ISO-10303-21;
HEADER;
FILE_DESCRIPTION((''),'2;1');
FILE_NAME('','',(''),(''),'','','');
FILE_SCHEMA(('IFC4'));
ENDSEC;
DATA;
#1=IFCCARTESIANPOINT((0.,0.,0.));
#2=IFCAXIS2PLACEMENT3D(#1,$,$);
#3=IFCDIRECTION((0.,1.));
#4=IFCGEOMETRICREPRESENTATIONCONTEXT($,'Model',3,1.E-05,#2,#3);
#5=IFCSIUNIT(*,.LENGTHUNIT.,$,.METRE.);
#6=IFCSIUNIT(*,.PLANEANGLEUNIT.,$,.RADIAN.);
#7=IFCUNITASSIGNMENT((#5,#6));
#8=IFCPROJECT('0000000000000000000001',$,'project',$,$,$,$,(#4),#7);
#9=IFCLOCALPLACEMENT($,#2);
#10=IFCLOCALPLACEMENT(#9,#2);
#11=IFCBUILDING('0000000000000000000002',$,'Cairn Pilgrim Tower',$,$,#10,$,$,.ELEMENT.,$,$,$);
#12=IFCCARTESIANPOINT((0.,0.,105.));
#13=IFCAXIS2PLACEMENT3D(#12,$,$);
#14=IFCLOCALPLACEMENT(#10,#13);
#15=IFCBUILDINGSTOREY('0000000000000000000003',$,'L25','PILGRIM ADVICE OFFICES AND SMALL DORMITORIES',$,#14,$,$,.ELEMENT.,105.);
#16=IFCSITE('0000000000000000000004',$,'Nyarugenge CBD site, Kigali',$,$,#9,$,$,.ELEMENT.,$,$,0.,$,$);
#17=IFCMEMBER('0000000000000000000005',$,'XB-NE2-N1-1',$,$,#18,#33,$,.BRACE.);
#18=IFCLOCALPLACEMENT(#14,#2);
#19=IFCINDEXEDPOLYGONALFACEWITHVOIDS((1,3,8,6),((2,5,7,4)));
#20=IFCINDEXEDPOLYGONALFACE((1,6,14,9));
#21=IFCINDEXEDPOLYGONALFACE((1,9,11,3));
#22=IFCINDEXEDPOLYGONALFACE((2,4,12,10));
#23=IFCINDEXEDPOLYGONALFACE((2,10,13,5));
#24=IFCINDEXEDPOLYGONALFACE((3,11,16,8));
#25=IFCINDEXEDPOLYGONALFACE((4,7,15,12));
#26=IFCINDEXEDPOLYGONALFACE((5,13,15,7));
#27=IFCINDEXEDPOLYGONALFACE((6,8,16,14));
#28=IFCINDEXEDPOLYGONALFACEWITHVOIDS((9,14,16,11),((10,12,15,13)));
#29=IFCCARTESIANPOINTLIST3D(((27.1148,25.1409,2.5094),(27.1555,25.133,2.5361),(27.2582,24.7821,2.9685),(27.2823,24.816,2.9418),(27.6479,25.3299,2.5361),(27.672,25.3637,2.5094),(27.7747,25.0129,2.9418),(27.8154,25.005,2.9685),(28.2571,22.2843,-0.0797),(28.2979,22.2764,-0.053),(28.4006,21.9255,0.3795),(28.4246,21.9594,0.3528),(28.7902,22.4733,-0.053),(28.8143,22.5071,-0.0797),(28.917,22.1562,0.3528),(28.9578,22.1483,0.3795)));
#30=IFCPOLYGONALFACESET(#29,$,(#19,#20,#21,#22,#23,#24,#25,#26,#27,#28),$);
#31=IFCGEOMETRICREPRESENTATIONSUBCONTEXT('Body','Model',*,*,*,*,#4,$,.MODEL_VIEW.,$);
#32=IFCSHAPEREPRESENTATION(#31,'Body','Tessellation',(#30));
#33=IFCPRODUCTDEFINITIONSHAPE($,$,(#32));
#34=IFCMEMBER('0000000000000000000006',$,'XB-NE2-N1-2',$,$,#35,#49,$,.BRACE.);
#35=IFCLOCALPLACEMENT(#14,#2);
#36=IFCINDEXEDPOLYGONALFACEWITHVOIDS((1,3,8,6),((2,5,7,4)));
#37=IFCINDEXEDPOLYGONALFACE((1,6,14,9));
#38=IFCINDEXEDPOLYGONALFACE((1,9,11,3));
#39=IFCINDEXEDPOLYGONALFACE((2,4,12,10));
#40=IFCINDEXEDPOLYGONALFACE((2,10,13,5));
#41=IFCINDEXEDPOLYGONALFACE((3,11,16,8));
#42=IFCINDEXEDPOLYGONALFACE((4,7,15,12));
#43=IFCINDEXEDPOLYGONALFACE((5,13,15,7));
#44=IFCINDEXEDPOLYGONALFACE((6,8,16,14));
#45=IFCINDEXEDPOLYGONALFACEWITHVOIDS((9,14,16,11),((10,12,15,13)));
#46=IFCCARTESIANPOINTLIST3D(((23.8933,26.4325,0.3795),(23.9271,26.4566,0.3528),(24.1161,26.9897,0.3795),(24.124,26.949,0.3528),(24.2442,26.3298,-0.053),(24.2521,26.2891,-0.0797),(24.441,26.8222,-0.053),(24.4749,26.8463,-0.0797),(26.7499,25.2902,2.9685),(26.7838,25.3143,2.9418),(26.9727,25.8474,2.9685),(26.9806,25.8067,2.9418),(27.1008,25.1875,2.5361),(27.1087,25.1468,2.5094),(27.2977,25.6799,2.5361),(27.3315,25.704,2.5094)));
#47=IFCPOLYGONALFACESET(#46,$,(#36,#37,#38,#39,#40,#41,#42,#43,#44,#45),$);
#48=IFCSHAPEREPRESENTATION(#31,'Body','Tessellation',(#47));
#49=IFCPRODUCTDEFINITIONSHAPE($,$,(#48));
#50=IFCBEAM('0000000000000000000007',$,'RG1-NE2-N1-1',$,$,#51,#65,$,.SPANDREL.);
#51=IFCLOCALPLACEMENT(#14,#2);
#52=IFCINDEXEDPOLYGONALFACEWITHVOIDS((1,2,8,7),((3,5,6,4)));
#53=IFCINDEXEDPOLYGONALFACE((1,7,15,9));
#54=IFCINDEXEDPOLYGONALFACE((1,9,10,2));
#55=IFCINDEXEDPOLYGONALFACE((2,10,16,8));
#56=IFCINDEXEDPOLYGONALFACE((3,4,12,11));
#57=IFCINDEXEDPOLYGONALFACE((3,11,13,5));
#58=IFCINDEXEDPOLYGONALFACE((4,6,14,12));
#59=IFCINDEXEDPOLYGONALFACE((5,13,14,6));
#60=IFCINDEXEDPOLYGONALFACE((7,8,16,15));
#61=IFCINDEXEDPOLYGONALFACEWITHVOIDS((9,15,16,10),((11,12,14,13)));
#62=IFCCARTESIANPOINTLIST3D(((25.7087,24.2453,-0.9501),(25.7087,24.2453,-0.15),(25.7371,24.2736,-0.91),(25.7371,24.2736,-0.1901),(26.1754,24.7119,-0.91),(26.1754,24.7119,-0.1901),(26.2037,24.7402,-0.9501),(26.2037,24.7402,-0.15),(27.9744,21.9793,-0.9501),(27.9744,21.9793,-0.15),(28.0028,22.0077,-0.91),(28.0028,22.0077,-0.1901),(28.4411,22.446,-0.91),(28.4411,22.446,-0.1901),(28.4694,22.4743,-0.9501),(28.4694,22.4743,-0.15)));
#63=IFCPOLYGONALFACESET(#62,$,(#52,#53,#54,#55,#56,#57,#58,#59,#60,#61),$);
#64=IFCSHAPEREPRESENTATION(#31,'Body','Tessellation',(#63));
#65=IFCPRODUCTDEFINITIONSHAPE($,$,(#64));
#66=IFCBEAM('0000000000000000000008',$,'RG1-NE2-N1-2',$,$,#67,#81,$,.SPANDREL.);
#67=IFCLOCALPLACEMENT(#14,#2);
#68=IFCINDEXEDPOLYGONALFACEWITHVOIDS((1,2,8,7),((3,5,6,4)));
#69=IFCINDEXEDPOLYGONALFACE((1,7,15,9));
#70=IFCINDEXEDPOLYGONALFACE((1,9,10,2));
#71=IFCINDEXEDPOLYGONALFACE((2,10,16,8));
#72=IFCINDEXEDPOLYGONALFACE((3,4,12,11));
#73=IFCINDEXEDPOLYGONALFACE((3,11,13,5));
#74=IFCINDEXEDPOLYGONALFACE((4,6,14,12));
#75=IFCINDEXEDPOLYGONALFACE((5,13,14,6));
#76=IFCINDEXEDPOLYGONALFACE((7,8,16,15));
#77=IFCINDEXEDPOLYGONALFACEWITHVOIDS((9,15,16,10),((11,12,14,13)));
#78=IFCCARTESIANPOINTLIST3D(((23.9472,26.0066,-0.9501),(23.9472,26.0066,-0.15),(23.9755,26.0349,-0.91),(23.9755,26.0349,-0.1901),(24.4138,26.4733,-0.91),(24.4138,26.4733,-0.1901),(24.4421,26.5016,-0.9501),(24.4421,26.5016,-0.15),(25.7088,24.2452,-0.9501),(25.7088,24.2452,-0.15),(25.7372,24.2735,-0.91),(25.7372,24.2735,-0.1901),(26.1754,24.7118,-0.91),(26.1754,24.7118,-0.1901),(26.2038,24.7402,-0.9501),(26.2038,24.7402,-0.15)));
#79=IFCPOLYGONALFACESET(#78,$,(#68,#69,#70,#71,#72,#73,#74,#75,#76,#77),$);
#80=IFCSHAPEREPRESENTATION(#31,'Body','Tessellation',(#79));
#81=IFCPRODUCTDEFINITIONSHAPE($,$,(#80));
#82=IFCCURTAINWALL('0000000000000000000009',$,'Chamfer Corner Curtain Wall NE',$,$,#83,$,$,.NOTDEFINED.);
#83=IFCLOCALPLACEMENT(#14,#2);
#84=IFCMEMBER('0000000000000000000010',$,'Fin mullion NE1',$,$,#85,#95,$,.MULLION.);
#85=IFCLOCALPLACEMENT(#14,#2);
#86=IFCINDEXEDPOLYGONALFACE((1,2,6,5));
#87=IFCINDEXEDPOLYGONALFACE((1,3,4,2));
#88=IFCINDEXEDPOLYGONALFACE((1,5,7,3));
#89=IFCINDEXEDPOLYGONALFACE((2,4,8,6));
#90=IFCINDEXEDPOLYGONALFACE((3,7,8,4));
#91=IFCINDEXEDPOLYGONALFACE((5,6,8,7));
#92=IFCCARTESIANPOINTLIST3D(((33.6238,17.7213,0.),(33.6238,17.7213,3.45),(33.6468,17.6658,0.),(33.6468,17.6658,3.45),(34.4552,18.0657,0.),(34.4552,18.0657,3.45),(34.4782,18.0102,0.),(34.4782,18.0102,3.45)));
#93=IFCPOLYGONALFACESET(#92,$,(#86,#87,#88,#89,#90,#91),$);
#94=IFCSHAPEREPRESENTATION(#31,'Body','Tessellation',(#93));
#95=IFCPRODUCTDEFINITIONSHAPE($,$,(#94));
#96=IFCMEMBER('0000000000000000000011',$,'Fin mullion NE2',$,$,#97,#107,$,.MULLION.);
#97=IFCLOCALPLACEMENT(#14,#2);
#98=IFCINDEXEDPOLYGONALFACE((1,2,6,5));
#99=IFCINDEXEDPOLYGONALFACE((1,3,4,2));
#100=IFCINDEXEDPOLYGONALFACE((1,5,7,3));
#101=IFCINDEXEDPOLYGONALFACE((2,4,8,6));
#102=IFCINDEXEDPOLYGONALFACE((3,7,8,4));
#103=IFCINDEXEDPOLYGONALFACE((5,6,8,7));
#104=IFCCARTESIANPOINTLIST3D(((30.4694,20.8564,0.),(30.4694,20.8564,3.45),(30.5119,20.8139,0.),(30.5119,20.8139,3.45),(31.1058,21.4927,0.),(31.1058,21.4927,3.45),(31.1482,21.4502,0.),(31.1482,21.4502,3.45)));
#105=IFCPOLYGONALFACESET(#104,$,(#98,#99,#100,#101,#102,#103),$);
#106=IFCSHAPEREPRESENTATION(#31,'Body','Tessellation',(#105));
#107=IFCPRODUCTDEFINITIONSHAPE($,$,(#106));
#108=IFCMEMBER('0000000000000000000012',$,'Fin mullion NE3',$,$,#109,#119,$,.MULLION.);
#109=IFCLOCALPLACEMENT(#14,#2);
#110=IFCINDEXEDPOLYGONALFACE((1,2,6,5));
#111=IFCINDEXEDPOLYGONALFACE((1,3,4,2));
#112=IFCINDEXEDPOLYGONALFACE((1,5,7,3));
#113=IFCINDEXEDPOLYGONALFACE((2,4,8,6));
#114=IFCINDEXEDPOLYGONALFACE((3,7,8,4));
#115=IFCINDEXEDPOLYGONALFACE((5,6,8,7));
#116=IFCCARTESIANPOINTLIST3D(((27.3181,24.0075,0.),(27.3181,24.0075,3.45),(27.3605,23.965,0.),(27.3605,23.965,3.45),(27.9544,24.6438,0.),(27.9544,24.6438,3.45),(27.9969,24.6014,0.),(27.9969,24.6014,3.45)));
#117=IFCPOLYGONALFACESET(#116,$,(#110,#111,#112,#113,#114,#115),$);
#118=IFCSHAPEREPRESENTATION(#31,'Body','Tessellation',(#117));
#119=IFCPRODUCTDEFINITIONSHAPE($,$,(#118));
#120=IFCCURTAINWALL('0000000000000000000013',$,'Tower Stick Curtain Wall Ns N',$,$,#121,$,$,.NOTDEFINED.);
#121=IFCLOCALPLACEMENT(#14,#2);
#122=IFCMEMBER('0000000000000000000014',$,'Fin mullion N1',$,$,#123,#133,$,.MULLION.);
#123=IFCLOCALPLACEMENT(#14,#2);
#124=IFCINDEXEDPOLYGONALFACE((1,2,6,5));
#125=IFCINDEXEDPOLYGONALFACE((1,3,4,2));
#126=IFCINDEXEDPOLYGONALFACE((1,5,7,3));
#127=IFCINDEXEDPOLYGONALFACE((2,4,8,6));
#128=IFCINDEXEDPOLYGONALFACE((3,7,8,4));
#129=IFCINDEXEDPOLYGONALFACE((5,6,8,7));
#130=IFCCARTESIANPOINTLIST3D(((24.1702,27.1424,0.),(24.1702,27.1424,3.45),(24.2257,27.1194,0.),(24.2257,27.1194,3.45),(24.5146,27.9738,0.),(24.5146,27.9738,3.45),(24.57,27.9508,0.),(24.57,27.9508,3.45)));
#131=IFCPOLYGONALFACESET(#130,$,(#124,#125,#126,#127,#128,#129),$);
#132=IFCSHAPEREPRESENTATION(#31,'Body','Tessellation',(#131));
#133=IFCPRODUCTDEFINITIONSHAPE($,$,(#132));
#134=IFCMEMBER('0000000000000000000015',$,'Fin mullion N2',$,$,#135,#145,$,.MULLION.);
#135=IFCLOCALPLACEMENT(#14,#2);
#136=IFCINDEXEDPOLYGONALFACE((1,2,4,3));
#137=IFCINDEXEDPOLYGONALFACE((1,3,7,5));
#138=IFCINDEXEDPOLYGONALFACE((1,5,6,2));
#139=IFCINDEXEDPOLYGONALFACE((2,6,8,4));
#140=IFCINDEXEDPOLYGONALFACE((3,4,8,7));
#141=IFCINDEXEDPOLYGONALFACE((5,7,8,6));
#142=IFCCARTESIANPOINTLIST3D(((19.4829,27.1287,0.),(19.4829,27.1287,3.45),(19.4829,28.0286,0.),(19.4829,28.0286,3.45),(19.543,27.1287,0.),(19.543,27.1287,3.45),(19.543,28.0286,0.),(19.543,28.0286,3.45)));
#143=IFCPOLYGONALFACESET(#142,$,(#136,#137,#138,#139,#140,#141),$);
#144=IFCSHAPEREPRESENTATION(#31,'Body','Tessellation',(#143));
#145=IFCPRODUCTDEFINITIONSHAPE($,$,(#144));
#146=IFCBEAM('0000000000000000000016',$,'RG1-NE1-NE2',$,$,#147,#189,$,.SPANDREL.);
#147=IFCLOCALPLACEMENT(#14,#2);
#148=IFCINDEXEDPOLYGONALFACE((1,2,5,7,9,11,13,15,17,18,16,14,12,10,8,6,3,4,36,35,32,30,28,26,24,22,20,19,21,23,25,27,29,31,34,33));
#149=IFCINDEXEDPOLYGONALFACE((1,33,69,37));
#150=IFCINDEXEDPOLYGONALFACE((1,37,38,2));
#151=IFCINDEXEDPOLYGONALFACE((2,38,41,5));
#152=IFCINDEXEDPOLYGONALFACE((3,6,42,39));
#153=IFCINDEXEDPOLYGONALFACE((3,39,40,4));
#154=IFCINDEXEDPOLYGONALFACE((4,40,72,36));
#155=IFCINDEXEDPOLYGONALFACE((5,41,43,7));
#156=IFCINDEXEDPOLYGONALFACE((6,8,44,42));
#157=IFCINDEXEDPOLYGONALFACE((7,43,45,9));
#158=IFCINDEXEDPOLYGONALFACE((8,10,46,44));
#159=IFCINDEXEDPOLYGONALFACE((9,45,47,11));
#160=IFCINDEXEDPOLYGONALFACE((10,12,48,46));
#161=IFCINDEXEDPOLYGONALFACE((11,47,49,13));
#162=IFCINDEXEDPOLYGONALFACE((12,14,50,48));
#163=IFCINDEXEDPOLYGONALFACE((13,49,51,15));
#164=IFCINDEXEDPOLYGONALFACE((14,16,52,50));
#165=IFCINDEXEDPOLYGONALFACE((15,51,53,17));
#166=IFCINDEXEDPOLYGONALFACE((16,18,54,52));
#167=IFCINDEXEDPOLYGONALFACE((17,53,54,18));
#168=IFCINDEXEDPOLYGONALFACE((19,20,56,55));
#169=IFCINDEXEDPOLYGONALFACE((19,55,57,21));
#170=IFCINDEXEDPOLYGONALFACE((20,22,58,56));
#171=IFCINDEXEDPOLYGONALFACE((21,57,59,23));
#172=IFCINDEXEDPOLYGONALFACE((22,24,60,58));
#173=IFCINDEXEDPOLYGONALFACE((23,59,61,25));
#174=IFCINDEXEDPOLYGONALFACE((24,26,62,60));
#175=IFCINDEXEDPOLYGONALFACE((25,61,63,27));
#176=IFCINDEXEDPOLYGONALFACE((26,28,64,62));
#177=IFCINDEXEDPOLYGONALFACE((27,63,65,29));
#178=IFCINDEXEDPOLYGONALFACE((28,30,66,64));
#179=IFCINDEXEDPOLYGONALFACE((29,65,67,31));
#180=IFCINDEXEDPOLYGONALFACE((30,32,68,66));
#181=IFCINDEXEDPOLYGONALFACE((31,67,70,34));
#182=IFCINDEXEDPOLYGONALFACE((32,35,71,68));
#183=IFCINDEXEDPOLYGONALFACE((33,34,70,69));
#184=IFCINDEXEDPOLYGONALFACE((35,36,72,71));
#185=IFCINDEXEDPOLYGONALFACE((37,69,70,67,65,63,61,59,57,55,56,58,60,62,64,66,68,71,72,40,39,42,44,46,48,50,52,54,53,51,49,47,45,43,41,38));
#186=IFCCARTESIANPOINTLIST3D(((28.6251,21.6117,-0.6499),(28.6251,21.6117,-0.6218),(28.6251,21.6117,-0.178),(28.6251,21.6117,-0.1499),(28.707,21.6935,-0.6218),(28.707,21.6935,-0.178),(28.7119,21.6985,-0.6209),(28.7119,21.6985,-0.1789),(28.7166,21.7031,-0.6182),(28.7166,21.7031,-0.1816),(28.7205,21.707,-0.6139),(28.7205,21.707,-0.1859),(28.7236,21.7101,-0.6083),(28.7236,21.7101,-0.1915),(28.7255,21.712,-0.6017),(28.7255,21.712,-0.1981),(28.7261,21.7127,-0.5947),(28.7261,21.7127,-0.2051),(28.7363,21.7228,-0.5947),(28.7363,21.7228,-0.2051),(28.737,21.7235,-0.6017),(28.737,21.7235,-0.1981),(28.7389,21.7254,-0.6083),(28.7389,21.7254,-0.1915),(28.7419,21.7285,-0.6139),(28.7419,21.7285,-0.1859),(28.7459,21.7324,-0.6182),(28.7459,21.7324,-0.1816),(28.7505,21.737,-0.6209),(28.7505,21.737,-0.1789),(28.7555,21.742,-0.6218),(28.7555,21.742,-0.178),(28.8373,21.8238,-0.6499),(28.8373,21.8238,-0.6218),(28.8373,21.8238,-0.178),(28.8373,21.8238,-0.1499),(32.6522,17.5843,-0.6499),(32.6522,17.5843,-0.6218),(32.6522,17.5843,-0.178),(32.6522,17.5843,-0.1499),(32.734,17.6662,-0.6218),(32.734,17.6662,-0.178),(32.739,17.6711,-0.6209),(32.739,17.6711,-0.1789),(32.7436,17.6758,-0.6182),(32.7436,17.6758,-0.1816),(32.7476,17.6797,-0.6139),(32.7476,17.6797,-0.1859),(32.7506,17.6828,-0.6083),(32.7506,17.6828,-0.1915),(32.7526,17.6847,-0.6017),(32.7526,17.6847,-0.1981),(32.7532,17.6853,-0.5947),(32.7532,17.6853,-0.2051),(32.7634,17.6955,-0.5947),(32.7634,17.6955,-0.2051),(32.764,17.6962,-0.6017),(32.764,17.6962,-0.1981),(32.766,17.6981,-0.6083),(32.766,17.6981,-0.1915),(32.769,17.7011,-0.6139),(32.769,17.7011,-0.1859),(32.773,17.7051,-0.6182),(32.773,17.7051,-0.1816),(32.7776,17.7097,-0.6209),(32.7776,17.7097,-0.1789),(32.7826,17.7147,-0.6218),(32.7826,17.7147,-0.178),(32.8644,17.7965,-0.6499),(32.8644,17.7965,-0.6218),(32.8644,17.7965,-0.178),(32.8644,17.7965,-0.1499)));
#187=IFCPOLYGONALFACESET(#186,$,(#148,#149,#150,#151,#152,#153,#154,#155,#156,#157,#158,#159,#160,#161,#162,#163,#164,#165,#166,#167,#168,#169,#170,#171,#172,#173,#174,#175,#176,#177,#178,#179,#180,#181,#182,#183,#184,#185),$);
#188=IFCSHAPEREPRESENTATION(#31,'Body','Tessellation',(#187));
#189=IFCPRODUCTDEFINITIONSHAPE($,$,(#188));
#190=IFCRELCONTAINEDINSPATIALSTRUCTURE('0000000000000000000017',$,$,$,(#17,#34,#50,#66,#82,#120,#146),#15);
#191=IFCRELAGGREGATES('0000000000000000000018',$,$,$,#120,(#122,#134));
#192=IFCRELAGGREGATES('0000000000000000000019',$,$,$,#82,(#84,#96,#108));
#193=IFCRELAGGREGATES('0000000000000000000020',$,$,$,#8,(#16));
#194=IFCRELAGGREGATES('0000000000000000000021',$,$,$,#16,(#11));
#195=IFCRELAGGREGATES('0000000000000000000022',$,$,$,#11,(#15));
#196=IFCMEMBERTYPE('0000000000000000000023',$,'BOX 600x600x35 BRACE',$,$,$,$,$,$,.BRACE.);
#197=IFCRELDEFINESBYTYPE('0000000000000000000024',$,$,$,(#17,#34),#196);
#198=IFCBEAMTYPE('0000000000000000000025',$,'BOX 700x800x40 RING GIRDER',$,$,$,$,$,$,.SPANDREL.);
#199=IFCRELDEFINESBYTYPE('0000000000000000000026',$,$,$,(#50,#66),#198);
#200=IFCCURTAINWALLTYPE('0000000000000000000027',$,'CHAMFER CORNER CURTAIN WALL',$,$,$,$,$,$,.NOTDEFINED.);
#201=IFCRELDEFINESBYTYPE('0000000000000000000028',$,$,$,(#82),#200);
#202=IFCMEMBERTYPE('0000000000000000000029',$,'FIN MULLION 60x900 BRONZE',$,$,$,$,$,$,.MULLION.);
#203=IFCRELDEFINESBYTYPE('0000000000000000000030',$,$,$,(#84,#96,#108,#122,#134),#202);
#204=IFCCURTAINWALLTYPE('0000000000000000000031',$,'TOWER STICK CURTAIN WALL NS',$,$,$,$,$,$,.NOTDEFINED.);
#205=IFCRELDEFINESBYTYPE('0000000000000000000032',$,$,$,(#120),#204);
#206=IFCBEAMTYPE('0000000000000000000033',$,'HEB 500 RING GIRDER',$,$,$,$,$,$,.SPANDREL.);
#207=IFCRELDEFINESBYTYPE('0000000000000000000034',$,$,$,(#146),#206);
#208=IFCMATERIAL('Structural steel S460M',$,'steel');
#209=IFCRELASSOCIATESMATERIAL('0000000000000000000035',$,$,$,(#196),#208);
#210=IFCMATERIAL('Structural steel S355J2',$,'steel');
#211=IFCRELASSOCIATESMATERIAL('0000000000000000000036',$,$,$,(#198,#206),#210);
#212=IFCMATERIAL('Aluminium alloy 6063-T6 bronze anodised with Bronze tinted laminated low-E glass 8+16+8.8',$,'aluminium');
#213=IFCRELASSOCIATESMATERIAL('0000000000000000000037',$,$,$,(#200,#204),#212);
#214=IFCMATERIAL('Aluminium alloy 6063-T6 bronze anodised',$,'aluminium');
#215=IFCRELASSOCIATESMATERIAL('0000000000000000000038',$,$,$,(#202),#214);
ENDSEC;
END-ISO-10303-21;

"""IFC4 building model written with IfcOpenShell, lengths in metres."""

from ifc_helpers import new_model, si_unit, direction, frame, origin, origin_2d, place, context, subcontext, project, spatial, rectangle, hollow_rectangle, i_section, extrude, material, material_profile, profile_set, type_object, element, aggregate, save


model = new_model("IFC4")

# Units and contexts
model_context = context("Model", 3, precision=1e-05, world=origin(), true_north=direction((0.0, 1.0)))
body_context = subcontext(model_context, "Body", "Model", "MODEL_VIEW")
ifc_project = project(units=[si_unit("LENGTHUNIT", "METRE"), si_unit("PLANEANGLEUNIT", "RADIAN")], contexts=[model_context])

# Site, building, storey
site_placement = place(None, origin())
site = spatial("IfcSite", under=ifc_project, at=site_placement, Name="Nyarugenge CBD site, Kigali", CompositionType="ELEMENT", RefElevation=0.0)
building_placement = place(site_placement, origin())
building = spatial("IfcBuilding", under=site, at=building_placement, Name="Cairn Pilgrim Tower", CompositionType="ELEMENT")
storey_placement = place(building_placement, frame((0.0, 0.0, 105.0)))
storey = spatial("IfcBuildingStorey", under=building, at=storey_placement, Name="L25", Description="PILGRIM ADVICE OFFICES AND SMALL DORMITORIES", CompositionType="ELEMENT", Elevation=105.0)

# Shared definitions
ifc_material_1 = material(Name="Structural steel S460M", Category="steel")

# Members
ifc_material_profile_1 = material_profile(ifc_material_1, hollow_rectangle(XDim=0.6001, YDim=0.6001, WallThickness=0.0349, at=origin_2d()), Name="BOX 600x600x35")
ifc_profile_set_1 = profile_set([ifc_material_profile_1], Name="Structural steel S460M")
member_type_1 = type_object("IfcMemberType", Name="BOX 600x600x35 BRACE", PredefinedType="BRACE", material=ifc_profile_set_1)
for number, where, z_axis, x_axis, name in (
    (1, (28.6074, 22.2163, 0.1499), (-0.284086, 0.710428, 0.643884), (-0.928515, -0.371295, 0.0), "XB-NE2-N1-1"),
    (2, (24.1841, 26.6394, 0.1499), (0.710428, -0.284086, 0.643884), (0.371295, 0.928515, 0.0), "XB-NE2-N1-2"),
):
    element("IfcMember", number, at=place(storey_placement, frame(where, z_axis=z_axis, x_axis=x_axis)), inside=storey, type_object=member_type_1, Name=name, PredefinedType="BRACE", context=body_context, shape_type="SweptSolid", body=[
        extrude(hollow_rectangle(XDim=0.6001, YDim=0.6001, WallThickness=0.0349, at=origin_2d()), origin(), (0.0, 0.0, 1.0), 4.021),
    ])

# Beams
ifc_material_2 = material(Name="Structural steel S355J2", Category="steel")
ifc_material_profile_2 = material_profile(ifc_material_2, hollow_rectangle(XDim=0.7, YDim=0.8, WallThickness=0.04, at=origin_2d()), Name="BOX 700x800x40")
ifc_profile_set_2 = profile_set([ifc_material_profile_2], Name="Structural steel S355J2")
beam_type_1 = type_object("IfcBeamType", Name="BOX 700x800x40 RING GIRDER", PredefinedType="SPANDREL", material=ifc_profile_set_2)
beam_1_placement = place(storey_placement, frame((28.2219, 22.2268, -0.55), z_axis=(-0.707069, 0.707145, 0.0), x_axis=(-0.707145, -0.707069, 0.0)))
element("IfcBeam", 3, at=beam_1_placement, inside=storey, type_object=beam_type_1, Name="RG1-NE2-N1-1", PredefinedType="SPANDREL", context=body_context, shape_type="SweptSolid", body=[
    extrude(hollow_rectangle(XDim=0.7, YDim=0.8, WallThickness=0.04, at=origin_2d()), origin(), (0.0, 0.0, 1.0), 3.2043),
])
beam_2_placement = place(storey_placement, frame((25.9563, 24.4927, -0.55), z_axis=(-0.707156, 0.707058, 0.0), x_axis=(-0.707058, -0.707156, 0.0)))
element("IfcBeam", 4, at=beam_2_placement, inside=storey, type_object=beam_type_1, Name="RG1-NE2-N1-2", PredefinedType="SPANDREL", context=body_context, shape_type="SweptSolid", body=[
    extrude(hollow_rectangle(XDim=0.7, YDim=0.8, WallThickness=0.04, at=origin_2d()), origin(), (0.0, 0.0, 1.0), 2.4912),
])

# Curtain walls, members
ifc_material_3 = material(Name="Aluminium alloy 6063-T6 bronze anodised with Bronze tinted laminated low-E glass 8+16+8.8", Category="aluminium")
curtain_wall_type_1 = type_object("IfcCurtainWallType", Name="CHAMFER CORNER CURTAIN WALL", PredefinedType="NOTDEFINED", material=ifc_material_3)
curtain_wall_1_placement = place(storey_placement, origin())
curtain_wall_1 = element("IfcCurtainWall", 5, at=curtain_wall_1_placement, inside=storey, type_object=curtain_wall_type_1, Name="Chamfer Corner Curtain Wall NE", PredefinedType="NOTDEFINED")
ifc_material_4 = material(Name="Aluminium alloy 6063-T6 bronze anodised", Category="aluminium")
ifc_material_profile_3 = material_profile(ifc_material_4, rectangle(XDim=0.8999, YDim=0.0601, at=origin_2d()), Name="FIN MULLION 60x900 BRONZE")
ifc_profile_set_3 = profile_set([ifc_material_profile_3], Name="Aluminium alloy 6063-T6 bronze anodised")
member_type_2 = type_object("IfcMemberType", Name="FIN MULLION 60x900 BRONZE", PredefinedType="MULLION", material=ifc_profile_set_3)
member_1_placement = place(storey_placement, frame((34.051, 17.8657, 0.0), z_axis=(0.0, 0.0, 1.0), x_axis=(0.92388, 0.382683, 0.0)))
member_1 = element("IfcMember", 6, at=member_1_placement, type_object=member_type_2, Name="Fin mullion NE1", PredefinedType="MULLION", context=body_context, shape_type="SweptSolid", body=[
    extrude(rectangle(XDim=0.8999, YDim=0.0601, at=origin_2d()), origin(), (0.0, 0.0, 1.0), 3.45),
])
member_2_placement = place(storey_placement, frame((30.8088, 21.1533, 0.0), z_axis=(0.0, 0.0, 1.0), x_axis=(0.707107, 0.707107, 0.0)))
member_2 = element("IfcMember", 7, at=member_2_placement, type_object=member_type_2, Name="Fin mullion NE2", PredefinedType="MULLION", context=body_context, shape_type="SweptSolid", body=[
    extrude(rectangle(XDim=0.8999, YDim=0.0601, at=origin_2d()), origin(), (0.0, 0.0, 1.0), 3.45),
])
member_3_placement = place(storey_placement, frame((27.6575, 24.3044, 0.0), z_axis=(0.0, 0.0, 1.0), x_axis=(0.707107, 0.707107, 0.0)))
member_3 = element("IfcMember", 8, at=member_3_placement, type_object=member_type_2, Name="Fin mullion NE3", PredefinedType="MULLION", context=body_context, shape_type="SweptSolid", body=[
    extrude(rectangle(XDim=0.8999, YDim=0.0601, at=origin_2d()), origin(), (0.0, 0.0, 1.0), 3.45),
])
curtain_wall_type_2 = type_object("IfcCurtainWallType", Name="TOWER STICK CURTAIN WALL NS", PredefinedType="NOTDEFINED", material=ifc_material_3)
curtain_wall_2_placement = place(storey_placement, origin())
curtain_wall_2 = element("IfcCurtainWall", 9, at=curtain_wall_2_placement, inside=storey, type_object=curtain_wall_type_2, Name="Tower Stick Curtain Wall Ns N", PredefinedType="NOTDEFINED")
member_4_placement = place(storey_placement, frame((24.3701, 27.5466, 0.0), z_axis=(0.0, 0.0, 1.0), x_axis=(0.382683, 0.92388, 0.0)))
member_4 = element("IfcMember", 10, at=member_4_placement, type_object=member_type_2, Name="Fin mullion N1", PredefinedType="MULLION", context=body_context, shape_type="SweptSolid", body=[
    extrude(rectangle(XDim=0.8999, YDim=0.0601, at=origin_2d()), origin(), (0.0, 0.0, 1.0), 3.45),
])
member_5_placement = place(storey_placement, frame((19.5129, 27.5786, 0.0), z_axis=(0.0, 0.0, 1.0), x_axis=(0.0, 1.0, 0.0)))
member_5 = element("IfcMember", 11, at=member_5_placement, type_object=member_type_2, Name="Fin mullion N2", PredefinedType="MULLION", context=body_context, shape_type="SweptSolid", body=[
    extrude(rectangle(XDim=0.8999, YDim=0.0601, at=origin_2d()), origin(), (0.0, 0.0, 1.0), 3.45),
])

# Beam
ifc_material_profile_4 = material_profile(ifc_material_2, i_section(OverallWidth=0.3, OverallDepth=0.5, WebThickness=0.0144, FlangeThickness=0.0281, FilletRadius=0.0271, at=origin_2d()), Name="HEB 500")
ifc_profile_set_4 = profile_set([ifc_material_profile_4], Name="Structural steel S355J2")
beam_type_2 = type_object("IfcBeamType", Name="HEB 500 RING GIRDER", PredefinedType="SPANDREL", material=ifc_profile_set_4)
beam_3_placement = place(storey_placement, frame((32.7583, 17.6904, -0.3999), z_axis=(-0.707085, 0.707128, 0.0), x_axis=(-0.707128, -0.707085, 0.0)))
element("IfcBeam", 12, at=beam_3_placement, inside=storey, type_object=beam_type_2, Name="RG1-NE1-NE2", PredefinedType="SPANDREL", context=body_context, shape_type="SweptSolid", body=[
    extrude(i_section(OverallWidth=0.3, OverallDepth=0.5, WebThickness=0.0144, FlangeThickness=0.0281, FilletRadius=0.0271, at=origin_2d()), origin(), (0.0, 0.0, 1.0), 5.6953),
])

aggregate(curtain_wall_2, [member_4, member_5])

aggregate(curtain_wall_1, [member_1, member_2, member_3])

save(model, "model.ifc")
